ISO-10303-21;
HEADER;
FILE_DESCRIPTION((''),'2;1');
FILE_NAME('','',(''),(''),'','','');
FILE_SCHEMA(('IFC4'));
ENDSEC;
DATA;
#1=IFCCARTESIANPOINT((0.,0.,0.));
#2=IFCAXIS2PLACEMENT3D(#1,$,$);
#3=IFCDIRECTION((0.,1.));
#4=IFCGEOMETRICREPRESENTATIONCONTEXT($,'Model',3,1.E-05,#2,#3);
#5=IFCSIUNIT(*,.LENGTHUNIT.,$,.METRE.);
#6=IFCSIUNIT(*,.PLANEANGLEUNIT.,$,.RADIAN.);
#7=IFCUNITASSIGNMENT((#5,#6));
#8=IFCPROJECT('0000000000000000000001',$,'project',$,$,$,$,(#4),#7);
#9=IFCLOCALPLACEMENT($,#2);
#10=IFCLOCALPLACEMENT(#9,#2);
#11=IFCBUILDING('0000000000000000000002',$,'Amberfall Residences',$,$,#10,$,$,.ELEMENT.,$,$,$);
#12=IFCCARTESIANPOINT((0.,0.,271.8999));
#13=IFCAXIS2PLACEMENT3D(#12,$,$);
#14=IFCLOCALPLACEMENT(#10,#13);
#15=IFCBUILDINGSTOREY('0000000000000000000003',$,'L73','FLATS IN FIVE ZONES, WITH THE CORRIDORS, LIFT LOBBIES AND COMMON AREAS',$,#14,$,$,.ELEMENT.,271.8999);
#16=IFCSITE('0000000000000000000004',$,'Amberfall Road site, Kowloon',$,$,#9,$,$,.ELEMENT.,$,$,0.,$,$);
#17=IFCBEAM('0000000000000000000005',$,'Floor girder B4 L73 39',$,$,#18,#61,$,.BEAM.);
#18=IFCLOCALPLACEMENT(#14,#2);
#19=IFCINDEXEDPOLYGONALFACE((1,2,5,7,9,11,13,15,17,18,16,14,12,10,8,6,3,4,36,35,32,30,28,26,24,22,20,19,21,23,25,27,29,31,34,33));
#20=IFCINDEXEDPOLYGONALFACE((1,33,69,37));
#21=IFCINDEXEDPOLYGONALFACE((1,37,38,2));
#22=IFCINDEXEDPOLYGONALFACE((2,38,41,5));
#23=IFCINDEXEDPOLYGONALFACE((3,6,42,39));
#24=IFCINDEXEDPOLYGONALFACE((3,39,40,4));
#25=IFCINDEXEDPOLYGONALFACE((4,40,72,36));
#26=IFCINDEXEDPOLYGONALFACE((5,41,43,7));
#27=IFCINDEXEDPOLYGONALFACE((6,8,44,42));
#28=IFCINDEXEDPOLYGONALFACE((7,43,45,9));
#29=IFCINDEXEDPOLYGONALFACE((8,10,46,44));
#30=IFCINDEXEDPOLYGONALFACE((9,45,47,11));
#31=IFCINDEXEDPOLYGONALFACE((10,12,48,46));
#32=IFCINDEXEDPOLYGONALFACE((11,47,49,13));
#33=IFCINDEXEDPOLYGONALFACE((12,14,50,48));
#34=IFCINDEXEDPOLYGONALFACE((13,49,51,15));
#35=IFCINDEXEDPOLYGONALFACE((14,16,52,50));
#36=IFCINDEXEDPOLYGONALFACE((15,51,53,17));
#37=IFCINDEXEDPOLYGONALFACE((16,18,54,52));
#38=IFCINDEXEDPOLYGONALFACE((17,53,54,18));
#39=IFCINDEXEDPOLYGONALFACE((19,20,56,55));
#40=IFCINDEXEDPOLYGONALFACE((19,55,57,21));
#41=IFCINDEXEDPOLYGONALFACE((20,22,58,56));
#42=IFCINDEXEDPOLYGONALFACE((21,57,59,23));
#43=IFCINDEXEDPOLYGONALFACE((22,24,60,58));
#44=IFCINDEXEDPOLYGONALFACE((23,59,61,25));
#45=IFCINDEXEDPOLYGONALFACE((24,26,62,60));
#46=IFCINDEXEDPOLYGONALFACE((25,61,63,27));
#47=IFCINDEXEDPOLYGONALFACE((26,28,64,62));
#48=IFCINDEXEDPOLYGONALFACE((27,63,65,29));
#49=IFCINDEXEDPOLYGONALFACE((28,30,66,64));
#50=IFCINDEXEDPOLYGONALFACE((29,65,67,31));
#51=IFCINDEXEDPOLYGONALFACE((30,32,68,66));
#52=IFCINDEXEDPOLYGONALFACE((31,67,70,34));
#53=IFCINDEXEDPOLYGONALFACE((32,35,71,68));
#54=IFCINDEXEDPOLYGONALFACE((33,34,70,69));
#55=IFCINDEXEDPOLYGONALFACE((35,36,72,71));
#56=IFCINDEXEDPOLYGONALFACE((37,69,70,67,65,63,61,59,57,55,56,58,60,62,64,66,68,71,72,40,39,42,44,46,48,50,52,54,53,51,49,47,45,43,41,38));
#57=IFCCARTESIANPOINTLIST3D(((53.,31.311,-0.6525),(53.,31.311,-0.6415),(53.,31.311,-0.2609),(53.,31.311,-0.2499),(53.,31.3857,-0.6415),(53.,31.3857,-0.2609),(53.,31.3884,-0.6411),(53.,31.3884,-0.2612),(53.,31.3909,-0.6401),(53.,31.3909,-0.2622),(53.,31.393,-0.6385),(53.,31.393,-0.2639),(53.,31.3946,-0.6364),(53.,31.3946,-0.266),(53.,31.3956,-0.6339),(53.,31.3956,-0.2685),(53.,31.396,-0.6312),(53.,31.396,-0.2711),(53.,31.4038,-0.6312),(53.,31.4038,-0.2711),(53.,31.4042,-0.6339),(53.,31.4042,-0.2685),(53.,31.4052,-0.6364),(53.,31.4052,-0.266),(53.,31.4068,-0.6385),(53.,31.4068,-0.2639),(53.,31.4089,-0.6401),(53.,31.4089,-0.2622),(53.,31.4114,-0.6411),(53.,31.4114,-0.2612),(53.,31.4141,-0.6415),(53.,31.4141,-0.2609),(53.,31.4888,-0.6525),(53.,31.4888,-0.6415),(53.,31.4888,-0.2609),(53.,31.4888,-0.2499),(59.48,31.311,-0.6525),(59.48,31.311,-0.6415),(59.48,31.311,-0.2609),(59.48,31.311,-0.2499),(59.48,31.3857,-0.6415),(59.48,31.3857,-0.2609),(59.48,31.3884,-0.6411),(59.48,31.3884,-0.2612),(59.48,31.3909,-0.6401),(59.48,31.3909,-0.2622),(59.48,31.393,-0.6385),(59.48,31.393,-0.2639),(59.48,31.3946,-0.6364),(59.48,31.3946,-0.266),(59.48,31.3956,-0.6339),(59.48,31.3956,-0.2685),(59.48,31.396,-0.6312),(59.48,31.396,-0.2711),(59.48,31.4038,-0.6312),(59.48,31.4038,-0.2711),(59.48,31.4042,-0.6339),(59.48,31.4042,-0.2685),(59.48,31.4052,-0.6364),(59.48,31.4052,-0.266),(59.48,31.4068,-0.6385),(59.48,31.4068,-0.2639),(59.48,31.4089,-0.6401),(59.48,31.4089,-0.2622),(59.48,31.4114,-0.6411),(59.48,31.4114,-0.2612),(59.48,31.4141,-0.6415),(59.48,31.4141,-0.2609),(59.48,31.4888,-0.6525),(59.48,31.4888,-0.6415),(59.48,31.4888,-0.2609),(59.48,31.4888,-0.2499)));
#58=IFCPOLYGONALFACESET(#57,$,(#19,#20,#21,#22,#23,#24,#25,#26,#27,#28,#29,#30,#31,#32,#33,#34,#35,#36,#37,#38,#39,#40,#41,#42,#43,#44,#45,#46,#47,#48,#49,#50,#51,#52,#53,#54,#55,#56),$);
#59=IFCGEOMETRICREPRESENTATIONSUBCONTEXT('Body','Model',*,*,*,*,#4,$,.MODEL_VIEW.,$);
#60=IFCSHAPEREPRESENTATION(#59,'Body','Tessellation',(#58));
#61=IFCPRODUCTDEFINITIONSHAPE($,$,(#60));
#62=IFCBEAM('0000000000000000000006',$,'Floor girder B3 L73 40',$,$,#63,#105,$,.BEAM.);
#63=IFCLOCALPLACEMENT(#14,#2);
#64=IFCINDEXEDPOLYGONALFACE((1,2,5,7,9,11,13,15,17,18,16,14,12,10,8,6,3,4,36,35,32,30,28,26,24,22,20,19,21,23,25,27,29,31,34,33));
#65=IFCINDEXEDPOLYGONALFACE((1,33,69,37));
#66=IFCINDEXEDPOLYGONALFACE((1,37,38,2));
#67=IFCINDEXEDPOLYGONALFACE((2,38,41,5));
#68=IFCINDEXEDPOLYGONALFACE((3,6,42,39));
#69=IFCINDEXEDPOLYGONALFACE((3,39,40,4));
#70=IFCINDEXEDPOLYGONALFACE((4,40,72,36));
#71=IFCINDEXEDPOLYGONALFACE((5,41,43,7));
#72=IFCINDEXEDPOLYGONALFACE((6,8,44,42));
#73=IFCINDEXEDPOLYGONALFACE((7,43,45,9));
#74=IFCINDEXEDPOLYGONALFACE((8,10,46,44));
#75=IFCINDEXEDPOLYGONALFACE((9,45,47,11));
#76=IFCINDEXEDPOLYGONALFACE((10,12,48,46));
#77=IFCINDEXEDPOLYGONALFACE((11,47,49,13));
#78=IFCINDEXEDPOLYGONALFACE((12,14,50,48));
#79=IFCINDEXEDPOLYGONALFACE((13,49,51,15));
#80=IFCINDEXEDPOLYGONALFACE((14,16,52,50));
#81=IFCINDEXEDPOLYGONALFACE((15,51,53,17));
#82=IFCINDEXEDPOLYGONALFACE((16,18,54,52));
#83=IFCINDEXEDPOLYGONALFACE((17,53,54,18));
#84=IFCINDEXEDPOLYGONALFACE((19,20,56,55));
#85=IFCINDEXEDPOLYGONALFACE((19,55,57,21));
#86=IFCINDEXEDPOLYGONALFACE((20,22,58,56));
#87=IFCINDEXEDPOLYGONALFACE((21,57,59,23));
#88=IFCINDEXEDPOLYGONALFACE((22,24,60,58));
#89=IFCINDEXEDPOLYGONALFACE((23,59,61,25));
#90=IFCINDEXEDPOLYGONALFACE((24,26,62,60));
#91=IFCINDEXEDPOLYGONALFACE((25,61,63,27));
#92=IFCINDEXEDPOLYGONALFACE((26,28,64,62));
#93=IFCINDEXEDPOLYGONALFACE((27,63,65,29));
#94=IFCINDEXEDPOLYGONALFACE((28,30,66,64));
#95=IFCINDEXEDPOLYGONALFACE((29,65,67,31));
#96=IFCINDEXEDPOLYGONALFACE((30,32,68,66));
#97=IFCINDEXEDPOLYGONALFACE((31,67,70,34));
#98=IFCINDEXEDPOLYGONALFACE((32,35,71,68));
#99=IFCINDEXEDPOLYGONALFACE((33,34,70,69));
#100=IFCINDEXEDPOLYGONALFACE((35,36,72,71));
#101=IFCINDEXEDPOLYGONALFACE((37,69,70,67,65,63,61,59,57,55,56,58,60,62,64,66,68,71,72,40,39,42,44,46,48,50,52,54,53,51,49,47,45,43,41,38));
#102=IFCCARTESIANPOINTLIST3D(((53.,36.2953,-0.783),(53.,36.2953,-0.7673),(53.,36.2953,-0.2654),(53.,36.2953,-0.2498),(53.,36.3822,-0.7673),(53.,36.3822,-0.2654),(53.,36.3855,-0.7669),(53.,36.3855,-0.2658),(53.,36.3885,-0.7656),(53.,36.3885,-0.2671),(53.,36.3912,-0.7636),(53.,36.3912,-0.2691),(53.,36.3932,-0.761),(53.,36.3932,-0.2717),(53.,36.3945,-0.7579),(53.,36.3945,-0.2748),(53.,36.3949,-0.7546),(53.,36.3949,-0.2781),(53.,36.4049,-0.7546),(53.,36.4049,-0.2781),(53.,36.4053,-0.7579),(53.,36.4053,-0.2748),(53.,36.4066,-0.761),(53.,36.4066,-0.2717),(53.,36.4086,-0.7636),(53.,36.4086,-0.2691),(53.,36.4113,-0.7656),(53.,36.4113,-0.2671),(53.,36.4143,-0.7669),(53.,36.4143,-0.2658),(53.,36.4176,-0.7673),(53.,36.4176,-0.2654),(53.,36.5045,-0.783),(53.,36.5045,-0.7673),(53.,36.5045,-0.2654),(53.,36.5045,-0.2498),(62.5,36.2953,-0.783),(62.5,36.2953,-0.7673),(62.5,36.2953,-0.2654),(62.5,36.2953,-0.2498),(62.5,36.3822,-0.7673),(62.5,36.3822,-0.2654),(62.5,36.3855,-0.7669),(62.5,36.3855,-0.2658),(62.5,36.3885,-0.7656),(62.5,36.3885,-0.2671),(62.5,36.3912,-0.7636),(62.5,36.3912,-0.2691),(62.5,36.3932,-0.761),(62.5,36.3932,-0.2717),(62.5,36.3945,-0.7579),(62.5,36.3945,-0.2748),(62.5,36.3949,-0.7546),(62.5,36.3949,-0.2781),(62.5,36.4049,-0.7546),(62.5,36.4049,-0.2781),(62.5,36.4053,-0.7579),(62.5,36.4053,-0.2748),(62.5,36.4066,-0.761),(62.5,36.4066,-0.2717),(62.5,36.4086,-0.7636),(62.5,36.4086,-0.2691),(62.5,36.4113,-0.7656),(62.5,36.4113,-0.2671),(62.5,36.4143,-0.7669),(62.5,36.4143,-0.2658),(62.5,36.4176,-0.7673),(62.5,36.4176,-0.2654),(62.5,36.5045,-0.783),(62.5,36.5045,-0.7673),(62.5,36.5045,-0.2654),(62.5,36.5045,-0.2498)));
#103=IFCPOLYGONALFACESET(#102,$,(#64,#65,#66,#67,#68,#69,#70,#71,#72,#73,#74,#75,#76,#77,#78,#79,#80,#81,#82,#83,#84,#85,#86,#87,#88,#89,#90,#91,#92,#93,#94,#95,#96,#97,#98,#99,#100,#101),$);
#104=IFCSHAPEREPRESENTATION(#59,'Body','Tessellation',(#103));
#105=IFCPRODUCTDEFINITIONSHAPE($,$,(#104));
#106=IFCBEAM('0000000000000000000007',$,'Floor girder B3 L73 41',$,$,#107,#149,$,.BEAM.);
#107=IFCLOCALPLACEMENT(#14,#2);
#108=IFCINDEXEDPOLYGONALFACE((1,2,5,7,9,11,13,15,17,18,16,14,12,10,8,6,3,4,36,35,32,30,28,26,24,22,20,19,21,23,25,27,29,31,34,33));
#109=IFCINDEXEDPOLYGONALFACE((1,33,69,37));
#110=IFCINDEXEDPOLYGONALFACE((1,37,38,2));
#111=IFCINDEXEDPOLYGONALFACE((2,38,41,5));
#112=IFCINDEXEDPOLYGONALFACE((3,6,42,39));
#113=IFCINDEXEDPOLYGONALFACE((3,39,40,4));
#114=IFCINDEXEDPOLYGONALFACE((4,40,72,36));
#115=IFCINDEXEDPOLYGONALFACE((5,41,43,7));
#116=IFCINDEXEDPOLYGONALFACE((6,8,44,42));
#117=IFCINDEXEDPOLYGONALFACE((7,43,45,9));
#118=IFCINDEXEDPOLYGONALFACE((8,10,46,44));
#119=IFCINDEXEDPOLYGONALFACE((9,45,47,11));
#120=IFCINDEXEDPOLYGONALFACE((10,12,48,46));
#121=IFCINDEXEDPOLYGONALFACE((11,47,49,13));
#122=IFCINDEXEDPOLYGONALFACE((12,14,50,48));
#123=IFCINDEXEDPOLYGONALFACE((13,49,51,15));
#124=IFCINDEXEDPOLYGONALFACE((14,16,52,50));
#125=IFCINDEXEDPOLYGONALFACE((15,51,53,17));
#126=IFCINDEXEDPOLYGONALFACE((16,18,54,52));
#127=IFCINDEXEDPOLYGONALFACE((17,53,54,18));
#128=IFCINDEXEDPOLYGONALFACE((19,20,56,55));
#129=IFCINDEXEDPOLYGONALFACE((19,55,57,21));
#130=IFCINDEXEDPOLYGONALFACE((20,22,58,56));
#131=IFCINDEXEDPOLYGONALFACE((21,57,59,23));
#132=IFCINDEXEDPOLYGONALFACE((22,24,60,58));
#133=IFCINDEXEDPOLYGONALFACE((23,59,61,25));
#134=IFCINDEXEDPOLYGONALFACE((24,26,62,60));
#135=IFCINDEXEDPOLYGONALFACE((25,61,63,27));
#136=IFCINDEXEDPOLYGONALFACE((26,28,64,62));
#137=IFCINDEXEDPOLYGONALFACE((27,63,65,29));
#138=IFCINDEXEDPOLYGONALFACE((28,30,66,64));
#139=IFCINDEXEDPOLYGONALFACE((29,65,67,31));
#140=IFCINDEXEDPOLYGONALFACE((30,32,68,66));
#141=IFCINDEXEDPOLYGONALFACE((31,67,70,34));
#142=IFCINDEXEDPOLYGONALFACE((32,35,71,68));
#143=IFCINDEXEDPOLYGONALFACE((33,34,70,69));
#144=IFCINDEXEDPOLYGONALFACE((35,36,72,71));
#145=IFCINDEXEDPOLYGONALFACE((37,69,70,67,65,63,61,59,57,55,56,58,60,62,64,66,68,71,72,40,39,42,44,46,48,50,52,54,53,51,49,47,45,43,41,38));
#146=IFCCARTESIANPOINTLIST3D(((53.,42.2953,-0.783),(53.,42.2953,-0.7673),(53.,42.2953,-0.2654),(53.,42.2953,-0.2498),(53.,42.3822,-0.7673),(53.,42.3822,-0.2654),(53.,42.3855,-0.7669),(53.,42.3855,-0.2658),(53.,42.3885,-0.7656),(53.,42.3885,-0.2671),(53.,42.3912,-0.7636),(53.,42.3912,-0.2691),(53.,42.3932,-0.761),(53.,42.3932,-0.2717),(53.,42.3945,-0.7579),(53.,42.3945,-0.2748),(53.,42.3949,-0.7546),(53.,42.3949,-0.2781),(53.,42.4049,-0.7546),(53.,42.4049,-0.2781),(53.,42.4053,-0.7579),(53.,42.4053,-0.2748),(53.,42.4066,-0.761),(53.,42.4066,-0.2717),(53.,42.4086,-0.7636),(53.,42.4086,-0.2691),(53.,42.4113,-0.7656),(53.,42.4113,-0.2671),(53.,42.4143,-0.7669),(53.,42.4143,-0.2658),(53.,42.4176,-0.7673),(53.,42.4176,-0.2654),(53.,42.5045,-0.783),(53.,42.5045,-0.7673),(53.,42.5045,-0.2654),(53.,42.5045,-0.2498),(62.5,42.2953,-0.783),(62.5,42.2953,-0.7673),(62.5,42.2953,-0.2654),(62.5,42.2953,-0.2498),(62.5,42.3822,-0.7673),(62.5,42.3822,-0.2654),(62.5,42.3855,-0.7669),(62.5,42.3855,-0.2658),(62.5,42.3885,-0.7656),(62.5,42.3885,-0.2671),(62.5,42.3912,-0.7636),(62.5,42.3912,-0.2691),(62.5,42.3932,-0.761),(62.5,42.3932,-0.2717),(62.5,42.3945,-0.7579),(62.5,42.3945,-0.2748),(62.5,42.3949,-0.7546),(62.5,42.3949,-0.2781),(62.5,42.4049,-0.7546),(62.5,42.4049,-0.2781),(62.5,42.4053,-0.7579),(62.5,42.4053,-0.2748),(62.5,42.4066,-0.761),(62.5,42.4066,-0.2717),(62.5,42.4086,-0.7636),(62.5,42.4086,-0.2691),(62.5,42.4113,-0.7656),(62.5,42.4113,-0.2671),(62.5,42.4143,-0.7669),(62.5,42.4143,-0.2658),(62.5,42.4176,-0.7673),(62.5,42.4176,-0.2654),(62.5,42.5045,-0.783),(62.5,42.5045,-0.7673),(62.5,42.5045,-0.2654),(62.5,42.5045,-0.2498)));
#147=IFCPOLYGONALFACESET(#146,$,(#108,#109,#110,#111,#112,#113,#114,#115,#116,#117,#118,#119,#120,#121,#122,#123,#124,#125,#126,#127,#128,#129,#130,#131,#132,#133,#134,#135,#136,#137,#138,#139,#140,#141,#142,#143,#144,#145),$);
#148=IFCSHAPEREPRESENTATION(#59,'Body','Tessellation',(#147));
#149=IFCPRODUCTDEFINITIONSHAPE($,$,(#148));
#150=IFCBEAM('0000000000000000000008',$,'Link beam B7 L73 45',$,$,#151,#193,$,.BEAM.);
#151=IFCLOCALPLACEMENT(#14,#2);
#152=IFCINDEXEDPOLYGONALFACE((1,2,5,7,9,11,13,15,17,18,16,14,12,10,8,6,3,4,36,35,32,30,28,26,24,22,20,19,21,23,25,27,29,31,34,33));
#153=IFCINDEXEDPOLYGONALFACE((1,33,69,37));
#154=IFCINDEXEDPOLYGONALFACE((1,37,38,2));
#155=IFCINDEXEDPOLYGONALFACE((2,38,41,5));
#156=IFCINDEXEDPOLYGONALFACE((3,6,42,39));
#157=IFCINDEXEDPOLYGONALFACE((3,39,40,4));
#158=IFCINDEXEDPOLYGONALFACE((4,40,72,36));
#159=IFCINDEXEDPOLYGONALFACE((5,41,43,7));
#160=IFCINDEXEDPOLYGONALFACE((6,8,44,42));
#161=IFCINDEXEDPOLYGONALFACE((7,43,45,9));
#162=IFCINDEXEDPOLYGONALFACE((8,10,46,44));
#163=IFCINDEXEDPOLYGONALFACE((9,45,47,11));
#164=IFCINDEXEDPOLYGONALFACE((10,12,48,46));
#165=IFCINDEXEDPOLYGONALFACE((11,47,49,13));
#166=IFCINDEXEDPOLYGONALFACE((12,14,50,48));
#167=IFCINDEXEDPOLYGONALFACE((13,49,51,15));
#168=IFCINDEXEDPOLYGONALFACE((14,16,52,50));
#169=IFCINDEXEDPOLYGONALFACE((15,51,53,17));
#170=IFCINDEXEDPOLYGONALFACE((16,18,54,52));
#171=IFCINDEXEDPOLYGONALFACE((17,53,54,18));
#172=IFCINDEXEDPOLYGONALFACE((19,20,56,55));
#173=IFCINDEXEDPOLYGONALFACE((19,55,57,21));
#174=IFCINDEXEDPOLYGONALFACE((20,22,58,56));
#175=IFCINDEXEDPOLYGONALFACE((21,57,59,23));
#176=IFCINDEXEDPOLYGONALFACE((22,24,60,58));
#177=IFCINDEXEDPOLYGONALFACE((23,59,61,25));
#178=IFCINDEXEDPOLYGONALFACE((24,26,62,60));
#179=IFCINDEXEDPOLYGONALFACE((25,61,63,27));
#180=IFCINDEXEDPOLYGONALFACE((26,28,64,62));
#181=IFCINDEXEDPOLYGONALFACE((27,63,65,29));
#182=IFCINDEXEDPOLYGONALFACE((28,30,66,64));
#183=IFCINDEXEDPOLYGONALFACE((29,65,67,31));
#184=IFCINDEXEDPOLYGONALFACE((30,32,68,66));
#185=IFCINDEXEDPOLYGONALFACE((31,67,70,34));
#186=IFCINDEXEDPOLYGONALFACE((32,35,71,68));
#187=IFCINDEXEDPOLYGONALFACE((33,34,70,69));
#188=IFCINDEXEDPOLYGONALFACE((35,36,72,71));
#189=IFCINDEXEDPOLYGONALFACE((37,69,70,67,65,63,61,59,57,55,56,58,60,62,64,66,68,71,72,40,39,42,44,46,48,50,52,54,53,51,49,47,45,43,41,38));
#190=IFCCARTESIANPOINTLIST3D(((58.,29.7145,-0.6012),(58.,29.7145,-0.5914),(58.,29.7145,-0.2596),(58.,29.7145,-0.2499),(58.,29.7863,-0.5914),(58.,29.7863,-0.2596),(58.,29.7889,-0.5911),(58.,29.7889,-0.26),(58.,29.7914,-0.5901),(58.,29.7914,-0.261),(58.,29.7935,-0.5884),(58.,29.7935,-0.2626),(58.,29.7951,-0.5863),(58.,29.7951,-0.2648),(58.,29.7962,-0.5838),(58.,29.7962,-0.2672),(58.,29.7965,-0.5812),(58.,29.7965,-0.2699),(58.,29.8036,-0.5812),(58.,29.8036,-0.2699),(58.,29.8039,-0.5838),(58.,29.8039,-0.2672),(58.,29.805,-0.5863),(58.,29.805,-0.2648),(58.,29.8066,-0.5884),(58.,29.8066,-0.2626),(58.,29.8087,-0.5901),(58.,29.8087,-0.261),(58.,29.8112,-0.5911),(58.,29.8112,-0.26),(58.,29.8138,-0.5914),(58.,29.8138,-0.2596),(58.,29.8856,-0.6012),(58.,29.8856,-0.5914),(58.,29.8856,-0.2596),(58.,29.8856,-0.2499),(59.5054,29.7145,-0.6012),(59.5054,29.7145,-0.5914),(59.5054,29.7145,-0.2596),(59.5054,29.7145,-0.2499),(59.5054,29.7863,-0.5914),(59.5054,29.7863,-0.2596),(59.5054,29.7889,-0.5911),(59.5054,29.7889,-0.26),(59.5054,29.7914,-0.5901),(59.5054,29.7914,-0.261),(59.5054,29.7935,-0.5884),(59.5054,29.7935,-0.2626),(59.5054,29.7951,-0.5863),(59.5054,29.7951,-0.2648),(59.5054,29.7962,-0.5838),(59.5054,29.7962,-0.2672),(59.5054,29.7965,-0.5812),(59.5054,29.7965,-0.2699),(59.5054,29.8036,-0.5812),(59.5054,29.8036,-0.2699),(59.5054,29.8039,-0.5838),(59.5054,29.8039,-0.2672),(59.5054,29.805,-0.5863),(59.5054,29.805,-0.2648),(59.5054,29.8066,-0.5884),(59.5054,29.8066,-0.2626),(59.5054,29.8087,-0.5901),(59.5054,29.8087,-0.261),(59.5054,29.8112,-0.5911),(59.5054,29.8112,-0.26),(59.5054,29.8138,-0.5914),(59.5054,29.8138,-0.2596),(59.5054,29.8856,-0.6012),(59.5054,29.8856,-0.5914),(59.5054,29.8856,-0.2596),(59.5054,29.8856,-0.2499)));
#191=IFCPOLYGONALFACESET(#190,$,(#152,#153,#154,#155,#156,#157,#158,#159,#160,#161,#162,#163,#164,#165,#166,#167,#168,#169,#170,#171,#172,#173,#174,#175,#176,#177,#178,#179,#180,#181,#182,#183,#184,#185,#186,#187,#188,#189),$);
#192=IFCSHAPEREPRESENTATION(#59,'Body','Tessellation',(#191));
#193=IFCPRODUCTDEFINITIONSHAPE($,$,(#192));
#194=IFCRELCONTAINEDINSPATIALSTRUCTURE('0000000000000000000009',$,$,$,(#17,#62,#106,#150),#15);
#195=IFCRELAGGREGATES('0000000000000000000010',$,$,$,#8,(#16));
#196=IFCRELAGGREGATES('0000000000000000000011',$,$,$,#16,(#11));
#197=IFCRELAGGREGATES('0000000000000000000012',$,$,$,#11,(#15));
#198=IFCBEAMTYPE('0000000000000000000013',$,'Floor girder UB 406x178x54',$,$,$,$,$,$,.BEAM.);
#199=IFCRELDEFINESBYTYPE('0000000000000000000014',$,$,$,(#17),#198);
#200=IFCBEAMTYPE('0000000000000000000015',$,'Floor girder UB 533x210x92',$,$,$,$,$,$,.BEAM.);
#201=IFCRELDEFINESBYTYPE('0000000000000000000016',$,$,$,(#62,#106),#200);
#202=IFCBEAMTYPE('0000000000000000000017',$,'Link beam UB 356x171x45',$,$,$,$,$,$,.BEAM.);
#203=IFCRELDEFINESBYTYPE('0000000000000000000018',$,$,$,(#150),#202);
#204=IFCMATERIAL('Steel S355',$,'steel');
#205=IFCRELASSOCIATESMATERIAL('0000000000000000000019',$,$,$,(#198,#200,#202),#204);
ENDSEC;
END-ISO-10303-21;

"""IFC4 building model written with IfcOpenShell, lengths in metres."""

from ifc_helpers import new_model, si_unit, direction, frame, origin, origin_2d, place, context, subcontext, project, spatial, i_section, extrude, material, material_profile, profile_set, type_object, element, save


model = new_model("IFC4")

# Units and contexts
model_context = context("Model", 3, precision=1e-05, world=origin(), true_north=direction((0.0, 1.0)))
body_context = subcontext(model_context, "Body", "Model", "MODEL_VIEW")
ifc_project = project(units=[si_unit("LENGTHUNIT", "METRE"), si_unit("PLANEANGLEUNIT", "RADIAN")], contexts=[model_context])

# Site, building, storey
site_placement = place(None, origin())
site = spatial("IfcSite", under=ifc_project, at=site_placement, Name="Amberfall Road site, Kowloon", CompositionType="ELEMENT", RefElevation=0.0)
building_placement = place(site_placement, origin())
building = spatial("IfcBuilding", under=site, at=building_placement, Name="Amberfall Residences", CompositionType="ELEMENT")
storey_placement = place(building_placement, frame((0.0, 0.0, 271.8999)))
storey = spatial("IfcBuildingStorey", under=building, at=storey_placement, Name="L73", Description="FLATS IN FIVE ZONES, WITH THE CORRIDORS, LIFT LOBBIES AND COMMON AREAS", CompositionType="ELEMENT", Elevation=271.8999)

# Beams
ifc_material_1 = material(Name="Steel S355", Category="steel")
ifc_material_profile_1 = material_profile(ifc_material_1, i_section(OverallWidth=0.1777, OverallDepth=0.4026, WebThickness=0.0078, FlangeThickness=0.011, FilletRadius=0.0103, at=origin_2d()), Name="UB 406x178x54")
ifc_profile_set_1 = profile_set([ifc_material_profile_1], Name="Steel S355")
beam_type_1 = type_object("IfcBeamType", Name="Floor girder UB 406x178x54", PredefinedType="BEAM", material=ifc_profile_set_1)
beam_1_placement = place(storey_placement, frame((53.0, 31.3999, -0.4512), z_axis=(1.0, 0.0, 0.0), x_axis=(0.0, 1.0, 0.0)))
element("IfcBeam", 1, at=beam_1_placement, inside=storey, type_object=beam_type_1, Name="Floor girder B4 L73 39", PredefinedType="BEAM", context=body_context, shape_type="SweptSolid", body=[
    extrude(i_section(OverallWidth=0.1777, OverallDepth=0.4026, WebThickness=0.0078, FlangeThickness=0.011, FilletRadius=0.0103, at=origin_2d()), origin(), (0.0, 0.0, 1.0), 6.48),
])
ifc_material_profile_2 = material_profile(ifc_material_1, i_section(OverallWidth=0.2092, OverallDepth=0.5332, WebThickness=0.01, FlangeThickness=0.0156, FilletRadius=0.0127, at=origin_2d()), Name="UB 533x210x92")
ifc_profile_set_2 = profile_set([ifc_material_profile_2], Name="Steel S355")
beam_type_2 = type_object("IfcBeamType", Name="Floor girder UB 533x210x92", PredefinedType="BEAM", material=ifc_profile_set_2)
for number, where, z_axis, x_axis, name in (
    (2, (53.0, 36.3999, -0.5164), (1.0, 0.0, 0.0), (0.0, 1.0, 0.0), "Floor girder B3 L73 40"),
    (3, (53.0, 42.3999, -0.5164), (1.0, 0.0, 0.0), (0.0, 1.0, 0.0), "Floor girder B3 L73 41"),
):
    element("IfcBeam", number, at=place(storey_placement, frame(where, z_axis=z_axis, x_axis=x_axis)), inside=storey, type_object=beam_type_2, Name=name, PredefinedType="BEAM", context=body_context, shape_type="SweptSolid", body=[
        extrude(i_section(OverallWidth=0.2092, OverallDepth=0.5332, WebThickness=0.01, FlangeThickness=0.0156, FilletRadius=0.0127, at=origin_2d()), origin(), (0.0, 0.0, 1.0), 9.5),
    ])
ifc_material_profile_3 = material_profile(ifc_material_1, i_section(OverallWidth=0.1711, OverallDepth=0.3513, WebThickness=0.0071, FlangeThickness=0.0098, FilletRadius=0.0103, at=origin_2d()), Name="UB 356x171x45")
ifc_profile_set_3 = profile_set([ifc_material_profile_3], Name="Steel S355")
beam_type_3 = type_object("IfcBeamType", Name="Link beam UB 356x171x45", PredefinedType="BEAM", material=ifc_profile_set_3)
beam_2_placement = place(storey_placement, frame((58.0, 29.8, -0.4255), z_axis=(1.0, 0.0, 0.0), x_axis=(0.0, 1.0, 0.0)))
element("IfcBeam", 4, at=beam_2_placement, inside=storey, type_object=beam_type_3, Name="Link beam B7 L73 45", PredefinedType="BEAM", context=body_context, shape_type="SweptSolid", body=[
    extrude(i_section(OverallWidth=0.1711, OverallDepth=0.3513, WebThickness=0.0071, FlangeThickness=0.0098, FilletRadius=0.0103, at=origin_2d()), origin(), (0.0, 0.0, 1.0), 1.5054),
])

save(model, "model.ifc")
